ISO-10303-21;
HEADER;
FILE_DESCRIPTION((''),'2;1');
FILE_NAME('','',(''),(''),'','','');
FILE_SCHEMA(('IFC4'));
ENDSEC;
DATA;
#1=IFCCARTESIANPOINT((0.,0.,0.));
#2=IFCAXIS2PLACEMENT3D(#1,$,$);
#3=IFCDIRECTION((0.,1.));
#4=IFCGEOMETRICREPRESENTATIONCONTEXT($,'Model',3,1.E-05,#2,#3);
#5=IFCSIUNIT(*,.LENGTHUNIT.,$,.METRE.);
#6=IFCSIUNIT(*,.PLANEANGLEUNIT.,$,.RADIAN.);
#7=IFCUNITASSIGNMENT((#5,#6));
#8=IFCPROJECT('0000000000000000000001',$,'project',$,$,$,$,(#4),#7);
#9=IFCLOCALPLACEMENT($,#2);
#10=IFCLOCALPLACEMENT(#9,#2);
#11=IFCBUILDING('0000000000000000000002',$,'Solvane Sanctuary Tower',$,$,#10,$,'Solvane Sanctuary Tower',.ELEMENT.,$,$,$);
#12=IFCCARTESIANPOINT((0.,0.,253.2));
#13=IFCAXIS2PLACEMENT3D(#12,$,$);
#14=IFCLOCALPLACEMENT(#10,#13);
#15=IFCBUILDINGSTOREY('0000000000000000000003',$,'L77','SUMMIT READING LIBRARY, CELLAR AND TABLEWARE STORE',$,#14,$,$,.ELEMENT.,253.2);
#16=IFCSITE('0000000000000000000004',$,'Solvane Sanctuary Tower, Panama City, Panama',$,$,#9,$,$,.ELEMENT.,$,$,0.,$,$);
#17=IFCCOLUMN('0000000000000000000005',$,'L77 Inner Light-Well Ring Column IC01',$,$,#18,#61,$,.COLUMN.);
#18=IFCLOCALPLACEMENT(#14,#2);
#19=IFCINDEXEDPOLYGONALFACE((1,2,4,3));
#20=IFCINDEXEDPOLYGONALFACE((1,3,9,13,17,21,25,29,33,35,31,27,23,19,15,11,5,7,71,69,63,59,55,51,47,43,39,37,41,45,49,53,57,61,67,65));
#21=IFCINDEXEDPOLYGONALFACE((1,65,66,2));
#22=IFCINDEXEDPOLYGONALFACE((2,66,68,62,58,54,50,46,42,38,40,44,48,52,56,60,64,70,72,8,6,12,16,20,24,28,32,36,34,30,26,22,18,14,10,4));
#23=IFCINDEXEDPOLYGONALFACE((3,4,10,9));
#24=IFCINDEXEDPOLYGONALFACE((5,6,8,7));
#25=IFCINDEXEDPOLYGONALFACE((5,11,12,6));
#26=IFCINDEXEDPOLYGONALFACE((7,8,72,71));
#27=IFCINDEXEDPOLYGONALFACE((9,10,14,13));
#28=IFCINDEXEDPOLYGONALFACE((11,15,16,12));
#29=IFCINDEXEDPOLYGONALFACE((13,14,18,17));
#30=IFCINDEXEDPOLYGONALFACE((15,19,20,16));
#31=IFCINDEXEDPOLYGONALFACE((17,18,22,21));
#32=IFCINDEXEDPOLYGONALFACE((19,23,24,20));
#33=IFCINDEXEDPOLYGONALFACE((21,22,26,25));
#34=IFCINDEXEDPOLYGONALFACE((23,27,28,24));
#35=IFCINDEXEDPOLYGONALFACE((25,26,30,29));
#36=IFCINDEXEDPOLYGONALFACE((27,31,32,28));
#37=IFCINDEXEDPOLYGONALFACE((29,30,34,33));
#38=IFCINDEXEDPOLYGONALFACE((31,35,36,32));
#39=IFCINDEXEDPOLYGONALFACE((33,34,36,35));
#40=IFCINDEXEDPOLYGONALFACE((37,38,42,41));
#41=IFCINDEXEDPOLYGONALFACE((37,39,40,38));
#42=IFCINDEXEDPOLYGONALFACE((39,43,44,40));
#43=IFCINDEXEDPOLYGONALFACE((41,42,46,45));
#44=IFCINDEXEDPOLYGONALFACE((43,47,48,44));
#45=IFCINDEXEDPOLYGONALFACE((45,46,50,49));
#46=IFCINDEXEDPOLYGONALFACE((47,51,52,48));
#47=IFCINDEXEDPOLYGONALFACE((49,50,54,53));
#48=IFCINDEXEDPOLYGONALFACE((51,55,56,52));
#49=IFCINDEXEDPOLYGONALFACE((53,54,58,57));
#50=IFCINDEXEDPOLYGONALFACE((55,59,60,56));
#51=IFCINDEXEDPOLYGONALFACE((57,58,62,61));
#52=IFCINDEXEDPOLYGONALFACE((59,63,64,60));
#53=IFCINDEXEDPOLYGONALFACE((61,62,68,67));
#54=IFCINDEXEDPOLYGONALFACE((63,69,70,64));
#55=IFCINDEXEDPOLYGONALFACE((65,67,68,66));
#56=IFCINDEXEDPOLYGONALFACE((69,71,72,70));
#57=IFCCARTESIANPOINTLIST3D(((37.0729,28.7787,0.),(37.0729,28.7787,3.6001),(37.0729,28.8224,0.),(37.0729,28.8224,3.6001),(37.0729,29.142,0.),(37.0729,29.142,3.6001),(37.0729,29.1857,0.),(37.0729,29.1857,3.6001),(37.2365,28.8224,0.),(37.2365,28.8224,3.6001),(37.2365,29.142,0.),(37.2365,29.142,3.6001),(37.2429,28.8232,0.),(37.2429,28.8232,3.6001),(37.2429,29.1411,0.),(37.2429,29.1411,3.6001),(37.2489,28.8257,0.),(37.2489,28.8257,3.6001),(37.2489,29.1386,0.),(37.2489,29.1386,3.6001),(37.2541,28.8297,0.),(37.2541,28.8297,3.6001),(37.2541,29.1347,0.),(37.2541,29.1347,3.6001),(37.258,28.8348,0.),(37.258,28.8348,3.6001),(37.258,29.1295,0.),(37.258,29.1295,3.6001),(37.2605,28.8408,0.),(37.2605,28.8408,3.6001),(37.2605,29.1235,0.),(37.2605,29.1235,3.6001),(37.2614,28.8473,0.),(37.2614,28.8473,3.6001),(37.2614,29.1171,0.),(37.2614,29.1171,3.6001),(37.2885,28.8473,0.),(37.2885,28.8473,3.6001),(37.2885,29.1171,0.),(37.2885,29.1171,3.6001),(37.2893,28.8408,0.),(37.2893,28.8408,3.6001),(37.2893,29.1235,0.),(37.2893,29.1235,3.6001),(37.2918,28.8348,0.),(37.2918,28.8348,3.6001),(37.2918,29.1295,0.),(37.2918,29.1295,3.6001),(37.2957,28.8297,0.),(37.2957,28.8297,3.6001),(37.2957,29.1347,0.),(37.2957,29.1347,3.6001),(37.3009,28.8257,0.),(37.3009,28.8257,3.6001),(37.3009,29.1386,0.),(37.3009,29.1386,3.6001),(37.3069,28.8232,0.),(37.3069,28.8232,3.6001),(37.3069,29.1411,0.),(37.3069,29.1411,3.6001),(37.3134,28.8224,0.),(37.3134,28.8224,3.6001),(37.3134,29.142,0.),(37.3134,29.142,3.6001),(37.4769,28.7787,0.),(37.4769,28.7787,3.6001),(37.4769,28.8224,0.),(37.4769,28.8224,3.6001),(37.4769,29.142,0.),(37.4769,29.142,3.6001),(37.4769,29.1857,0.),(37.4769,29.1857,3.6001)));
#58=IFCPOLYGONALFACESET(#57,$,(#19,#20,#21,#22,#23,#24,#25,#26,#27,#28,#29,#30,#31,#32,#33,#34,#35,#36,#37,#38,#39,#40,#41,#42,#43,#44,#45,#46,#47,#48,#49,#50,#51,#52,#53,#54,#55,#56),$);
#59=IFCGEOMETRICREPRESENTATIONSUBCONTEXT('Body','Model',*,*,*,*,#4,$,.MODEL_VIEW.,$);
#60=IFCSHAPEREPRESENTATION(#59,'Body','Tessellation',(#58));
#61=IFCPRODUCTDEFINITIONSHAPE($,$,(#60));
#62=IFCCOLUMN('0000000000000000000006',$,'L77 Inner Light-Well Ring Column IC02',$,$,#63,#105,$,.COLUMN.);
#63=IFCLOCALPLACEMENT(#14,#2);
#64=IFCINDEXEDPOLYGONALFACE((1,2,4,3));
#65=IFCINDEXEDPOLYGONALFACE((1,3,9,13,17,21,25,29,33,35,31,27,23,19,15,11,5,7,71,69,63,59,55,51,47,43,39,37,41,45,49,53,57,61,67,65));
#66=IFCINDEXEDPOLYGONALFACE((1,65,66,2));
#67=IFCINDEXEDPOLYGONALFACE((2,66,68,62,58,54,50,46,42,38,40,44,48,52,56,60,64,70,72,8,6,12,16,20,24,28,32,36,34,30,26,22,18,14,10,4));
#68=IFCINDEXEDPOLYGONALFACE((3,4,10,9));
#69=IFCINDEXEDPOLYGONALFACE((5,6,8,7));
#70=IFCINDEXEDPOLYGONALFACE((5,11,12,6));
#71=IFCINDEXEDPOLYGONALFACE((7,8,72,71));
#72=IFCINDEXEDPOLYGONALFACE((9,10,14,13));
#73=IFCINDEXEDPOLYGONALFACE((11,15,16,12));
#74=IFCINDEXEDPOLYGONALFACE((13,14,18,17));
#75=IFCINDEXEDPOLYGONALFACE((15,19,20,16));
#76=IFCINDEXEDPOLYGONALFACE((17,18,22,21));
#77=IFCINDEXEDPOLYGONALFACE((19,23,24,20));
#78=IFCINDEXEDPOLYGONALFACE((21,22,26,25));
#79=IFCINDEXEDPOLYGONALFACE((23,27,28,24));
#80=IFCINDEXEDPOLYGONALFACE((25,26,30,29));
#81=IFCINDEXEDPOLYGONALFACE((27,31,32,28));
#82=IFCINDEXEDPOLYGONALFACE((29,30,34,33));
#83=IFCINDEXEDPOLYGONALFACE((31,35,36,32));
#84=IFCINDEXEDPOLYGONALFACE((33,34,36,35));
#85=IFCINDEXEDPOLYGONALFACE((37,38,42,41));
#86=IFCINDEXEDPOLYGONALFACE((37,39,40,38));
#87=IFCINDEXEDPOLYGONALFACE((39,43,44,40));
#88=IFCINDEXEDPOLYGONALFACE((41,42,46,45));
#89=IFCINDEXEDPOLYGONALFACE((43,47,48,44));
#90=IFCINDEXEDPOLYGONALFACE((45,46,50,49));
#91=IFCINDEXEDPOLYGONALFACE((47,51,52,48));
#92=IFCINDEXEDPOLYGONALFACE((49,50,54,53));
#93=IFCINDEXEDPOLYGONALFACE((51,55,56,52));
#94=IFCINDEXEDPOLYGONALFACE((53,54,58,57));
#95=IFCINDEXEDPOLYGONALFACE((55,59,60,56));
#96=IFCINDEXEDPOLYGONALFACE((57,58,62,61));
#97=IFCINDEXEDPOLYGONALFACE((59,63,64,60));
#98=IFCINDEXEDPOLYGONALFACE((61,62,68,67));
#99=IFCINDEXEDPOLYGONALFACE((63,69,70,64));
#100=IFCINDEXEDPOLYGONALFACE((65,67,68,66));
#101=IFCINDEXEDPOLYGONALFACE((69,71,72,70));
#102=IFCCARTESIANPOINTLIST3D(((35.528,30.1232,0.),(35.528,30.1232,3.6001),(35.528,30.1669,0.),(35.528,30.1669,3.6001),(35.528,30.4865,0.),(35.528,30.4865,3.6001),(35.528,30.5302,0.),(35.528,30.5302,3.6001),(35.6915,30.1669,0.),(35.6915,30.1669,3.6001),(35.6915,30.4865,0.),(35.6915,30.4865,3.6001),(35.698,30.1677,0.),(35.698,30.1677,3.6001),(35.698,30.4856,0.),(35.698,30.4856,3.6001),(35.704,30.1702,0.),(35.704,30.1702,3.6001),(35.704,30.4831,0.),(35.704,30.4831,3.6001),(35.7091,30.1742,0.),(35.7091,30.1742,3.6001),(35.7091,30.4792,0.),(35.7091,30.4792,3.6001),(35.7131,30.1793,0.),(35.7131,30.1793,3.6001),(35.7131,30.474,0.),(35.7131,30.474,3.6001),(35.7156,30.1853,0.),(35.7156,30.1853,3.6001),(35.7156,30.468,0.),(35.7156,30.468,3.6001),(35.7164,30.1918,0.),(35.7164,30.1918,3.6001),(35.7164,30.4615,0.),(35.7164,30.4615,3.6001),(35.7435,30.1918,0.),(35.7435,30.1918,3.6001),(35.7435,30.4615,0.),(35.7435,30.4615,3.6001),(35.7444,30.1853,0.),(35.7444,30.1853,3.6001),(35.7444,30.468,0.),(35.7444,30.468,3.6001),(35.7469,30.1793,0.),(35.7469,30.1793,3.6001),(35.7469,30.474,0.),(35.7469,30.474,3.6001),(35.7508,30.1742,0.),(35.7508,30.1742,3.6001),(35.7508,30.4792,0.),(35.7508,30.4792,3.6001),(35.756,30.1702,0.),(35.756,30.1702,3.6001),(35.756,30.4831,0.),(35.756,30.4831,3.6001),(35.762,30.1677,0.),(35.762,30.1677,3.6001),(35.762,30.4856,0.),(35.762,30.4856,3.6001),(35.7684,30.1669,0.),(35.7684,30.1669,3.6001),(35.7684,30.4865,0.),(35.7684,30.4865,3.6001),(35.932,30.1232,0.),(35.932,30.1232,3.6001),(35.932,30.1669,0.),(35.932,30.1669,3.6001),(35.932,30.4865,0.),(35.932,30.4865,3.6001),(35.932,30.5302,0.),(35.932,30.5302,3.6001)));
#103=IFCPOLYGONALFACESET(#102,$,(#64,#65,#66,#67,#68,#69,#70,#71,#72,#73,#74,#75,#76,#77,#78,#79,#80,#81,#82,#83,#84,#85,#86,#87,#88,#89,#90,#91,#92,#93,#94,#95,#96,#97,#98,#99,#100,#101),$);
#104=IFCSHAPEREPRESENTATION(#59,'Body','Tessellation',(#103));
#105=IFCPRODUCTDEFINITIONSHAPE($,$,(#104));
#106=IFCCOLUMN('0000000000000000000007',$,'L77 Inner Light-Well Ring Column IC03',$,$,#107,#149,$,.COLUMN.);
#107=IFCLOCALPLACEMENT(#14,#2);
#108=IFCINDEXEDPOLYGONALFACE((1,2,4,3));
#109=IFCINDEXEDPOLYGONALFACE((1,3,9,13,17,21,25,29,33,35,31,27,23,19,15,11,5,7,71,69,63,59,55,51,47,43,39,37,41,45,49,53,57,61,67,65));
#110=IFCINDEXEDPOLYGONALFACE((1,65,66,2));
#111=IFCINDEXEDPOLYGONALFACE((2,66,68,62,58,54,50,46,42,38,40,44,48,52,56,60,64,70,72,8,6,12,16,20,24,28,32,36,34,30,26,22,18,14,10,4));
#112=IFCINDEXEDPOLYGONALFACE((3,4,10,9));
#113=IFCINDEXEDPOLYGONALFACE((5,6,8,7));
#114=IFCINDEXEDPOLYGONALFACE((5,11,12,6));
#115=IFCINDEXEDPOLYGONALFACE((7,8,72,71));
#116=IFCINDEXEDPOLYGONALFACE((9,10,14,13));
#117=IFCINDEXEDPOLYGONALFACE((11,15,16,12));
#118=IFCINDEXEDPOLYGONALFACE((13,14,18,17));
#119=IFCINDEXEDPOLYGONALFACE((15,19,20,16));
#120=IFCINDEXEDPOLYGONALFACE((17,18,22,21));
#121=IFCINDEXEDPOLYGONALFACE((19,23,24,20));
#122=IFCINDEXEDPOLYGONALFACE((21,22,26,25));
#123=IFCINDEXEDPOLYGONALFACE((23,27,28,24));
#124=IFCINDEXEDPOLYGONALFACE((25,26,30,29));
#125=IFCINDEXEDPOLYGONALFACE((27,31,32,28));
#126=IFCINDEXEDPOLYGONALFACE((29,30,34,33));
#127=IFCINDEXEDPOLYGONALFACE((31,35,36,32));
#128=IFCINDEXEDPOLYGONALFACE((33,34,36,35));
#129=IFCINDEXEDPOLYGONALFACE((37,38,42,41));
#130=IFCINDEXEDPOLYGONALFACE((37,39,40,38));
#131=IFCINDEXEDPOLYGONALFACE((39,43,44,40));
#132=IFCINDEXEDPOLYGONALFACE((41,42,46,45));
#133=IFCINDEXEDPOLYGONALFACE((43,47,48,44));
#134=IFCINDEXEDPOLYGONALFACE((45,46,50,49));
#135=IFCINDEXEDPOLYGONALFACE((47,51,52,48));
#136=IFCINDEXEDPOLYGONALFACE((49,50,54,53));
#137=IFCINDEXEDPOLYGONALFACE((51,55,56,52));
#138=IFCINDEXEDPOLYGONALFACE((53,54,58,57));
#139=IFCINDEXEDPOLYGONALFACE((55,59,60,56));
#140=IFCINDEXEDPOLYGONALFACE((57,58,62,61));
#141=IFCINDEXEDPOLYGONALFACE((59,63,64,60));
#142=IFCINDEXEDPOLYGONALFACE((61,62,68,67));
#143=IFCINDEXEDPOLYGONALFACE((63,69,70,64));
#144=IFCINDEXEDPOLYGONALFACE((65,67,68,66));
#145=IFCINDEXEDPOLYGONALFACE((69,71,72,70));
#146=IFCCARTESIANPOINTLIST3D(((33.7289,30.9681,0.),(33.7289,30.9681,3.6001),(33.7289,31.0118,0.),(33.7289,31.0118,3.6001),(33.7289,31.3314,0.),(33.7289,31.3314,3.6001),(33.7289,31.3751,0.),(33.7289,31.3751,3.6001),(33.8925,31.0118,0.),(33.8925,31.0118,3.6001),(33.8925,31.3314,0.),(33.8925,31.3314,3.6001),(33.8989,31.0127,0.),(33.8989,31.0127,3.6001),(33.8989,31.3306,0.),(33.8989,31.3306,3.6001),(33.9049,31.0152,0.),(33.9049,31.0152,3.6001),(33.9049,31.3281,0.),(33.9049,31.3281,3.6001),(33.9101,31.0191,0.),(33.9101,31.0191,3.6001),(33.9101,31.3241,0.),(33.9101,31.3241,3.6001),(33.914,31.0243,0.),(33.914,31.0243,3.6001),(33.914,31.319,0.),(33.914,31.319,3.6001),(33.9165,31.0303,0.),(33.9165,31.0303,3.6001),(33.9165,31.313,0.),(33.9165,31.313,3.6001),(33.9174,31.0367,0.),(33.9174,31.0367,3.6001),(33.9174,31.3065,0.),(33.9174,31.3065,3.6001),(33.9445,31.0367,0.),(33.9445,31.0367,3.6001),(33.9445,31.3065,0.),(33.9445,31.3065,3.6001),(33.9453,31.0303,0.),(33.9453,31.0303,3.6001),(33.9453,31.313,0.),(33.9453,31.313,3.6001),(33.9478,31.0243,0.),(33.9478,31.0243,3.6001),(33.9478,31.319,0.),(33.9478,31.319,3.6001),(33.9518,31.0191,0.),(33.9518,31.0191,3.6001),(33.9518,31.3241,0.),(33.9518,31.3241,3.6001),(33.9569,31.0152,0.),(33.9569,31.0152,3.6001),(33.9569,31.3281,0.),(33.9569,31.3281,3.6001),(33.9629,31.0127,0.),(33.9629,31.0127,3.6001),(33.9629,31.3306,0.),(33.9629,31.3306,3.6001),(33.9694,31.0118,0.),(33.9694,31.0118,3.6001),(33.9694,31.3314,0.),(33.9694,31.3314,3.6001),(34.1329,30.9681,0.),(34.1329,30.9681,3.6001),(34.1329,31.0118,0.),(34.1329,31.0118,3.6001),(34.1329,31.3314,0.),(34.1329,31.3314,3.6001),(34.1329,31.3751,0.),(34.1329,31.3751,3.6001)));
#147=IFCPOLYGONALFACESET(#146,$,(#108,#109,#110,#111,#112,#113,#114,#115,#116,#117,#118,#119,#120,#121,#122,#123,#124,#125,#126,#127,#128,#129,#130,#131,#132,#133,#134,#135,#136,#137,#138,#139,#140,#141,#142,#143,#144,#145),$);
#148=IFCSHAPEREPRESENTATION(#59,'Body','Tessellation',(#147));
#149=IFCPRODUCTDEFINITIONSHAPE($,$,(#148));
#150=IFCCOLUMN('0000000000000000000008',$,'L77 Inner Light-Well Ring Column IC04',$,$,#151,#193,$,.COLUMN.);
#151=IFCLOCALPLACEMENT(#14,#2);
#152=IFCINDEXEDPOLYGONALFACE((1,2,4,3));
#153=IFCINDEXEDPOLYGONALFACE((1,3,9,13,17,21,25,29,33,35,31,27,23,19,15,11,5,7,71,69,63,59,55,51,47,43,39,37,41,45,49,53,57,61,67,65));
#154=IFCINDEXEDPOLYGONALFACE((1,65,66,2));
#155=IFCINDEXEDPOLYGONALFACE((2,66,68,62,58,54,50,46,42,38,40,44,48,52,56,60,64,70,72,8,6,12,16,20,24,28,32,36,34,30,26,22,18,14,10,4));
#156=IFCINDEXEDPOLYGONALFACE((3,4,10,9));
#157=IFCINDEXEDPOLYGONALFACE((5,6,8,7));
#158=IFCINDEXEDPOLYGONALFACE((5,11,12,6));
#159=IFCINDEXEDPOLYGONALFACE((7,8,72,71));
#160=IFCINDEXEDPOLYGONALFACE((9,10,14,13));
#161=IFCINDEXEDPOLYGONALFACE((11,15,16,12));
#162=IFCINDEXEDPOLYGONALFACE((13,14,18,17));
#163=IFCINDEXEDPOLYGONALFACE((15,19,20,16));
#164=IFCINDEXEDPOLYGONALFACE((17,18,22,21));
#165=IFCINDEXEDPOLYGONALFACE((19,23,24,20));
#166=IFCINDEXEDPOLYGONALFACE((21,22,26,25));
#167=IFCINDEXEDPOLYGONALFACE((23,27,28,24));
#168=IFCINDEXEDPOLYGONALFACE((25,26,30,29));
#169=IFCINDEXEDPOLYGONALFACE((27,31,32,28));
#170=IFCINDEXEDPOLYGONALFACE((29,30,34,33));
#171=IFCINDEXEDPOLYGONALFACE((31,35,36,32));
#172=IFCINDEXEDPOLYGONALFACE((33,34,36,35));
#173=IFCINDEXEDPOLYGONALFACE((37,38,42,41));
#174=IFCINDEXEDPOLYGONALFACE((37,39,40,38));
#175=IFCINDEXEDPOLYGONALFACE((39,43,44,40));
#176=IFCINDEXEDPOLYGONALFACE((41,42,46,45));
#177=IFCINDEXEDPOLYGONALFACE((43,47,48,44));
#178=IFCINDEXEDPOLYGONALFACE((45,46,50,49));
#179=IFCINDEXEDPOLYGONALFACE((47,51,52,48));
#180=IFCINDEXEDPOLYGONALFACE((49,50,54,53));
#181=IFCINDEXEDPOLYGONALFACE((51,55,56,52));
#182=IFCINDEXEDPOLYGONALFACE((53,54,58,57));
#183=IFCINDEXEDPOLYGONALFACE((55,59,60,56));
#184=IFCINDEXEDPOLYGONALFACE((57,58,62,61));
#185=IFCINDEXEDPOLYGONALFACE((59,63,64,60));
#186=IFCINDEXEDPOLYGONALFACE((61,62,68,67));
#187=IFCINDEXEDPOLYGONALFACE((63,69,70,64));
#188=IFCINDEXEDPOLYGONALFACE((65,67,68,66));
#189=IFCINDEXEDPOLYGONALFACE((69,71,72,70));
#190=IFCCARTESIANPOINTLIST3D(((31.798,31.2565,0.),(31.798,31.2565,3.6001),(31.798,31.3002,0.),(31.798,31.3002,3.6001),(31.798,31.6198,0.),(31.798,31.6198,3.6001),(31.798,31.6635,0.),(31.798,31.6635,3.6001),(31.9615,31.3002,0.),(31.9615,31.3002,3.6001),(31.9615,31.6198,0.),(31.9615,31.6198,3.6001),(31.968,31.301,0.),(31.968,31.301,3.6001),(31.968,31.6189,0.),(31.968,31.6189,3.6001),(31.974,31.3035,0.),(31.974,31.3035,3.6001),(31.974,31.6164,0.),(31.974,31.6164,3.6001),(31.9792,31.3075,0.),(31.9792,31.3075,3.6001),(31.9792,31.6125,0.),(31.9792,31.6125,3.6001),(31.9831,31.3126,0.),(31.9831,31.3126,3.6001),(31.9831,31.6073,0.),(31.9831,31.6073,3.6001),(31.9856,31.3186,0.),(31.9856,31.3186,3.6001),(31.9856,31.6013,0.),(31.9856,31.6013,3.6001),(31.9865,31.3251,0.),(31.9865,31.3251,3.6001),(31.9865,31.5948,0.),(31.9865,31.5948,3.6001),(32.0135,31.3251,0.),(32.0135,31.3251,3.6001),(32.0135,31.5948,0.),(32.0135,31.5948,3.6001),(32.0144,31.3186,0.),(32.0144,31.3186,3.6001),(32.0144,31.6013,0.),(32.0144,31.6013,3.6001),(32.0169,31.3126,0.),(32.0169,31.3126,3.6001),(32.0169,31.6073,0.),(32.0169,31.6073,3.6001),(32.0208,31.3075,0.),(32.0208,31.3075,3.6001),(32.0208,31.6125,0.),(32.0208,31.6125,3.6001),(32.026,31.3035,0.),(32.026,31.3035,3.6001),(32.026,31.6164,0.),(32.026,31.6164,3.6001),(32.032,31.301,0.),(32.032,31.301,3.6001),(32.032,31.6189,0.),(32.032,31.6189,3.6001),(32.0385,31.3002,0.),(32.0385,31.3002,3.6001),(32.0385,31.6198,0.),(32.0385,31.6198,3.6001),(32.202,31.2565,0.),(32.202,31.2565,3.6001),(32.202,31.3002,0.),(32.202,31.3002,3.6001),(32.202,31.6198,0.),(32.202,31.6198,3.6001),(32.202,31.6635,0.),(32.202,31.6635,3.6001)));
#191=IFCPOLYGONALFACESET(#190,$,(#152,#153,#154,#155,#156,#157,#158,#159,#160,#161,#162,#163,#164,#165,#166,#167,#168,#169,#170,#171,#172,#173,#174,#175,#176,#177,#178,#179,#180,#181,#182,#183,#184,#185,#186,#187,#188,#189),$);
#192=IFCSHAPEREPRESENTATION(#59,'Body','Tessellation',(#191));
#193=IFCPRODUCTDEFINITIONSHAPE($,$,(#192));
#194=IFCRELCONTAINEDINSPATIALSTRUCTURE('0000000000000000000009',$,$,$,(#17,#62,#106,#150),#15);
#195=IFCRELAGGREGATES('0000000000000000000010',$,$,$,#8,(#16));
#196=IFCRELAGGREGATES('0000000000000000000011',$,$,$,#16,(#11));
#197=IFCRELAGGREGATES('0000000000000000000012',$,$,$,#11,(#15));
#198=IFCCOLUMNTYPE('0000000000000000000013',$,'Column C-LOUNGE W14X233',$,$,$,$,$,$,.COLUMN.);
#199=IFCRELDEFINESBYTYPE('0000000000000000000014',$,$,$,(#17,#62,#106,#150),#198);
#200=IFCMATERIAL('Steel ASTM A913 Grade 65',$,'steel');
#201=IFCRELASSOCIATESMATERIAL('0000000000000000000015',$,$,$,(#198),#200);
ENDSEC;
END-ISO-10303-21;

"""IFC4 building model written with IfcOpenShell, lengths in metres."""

from ifc_helpers import new_model, si_unit, direction, frame, origin, origin_2d, place, context, subcontext, project, spatial, i_section, extrude, material, material_profile, profile_set, type_object, element, save


model = new_model("IFC4")

# Units and contexts
model_context = context("Model", 3, precision=1e-05, world=origin(), true_north=direction((0.0, 1.0)))
body_context = subcontext(model_context, "Body", "Model", "MODEL_VIEW")
ifc_project = project(units=[si_unit("LENGTHUNIT", "METRE"), si_unit("PLANEANGLEUNIT", "RADIAN")], contexts=[model_context])

# Site, building, storey
site_placement = place(None, origin())
site = spatial("IfcSite", under=ifc_project, at=site_placement, Name="Solvane Sanctuary Tower, Panama City, Panama", CompositionType="ELEMENT", RefElevation=0.0)
building_placement = place(site_placement, origin())
building = spatial("IfcBuilding", under=site, at=building_placement, Name="Solvane Sanctuary Tower", LongName="Solvane Sanctuary Tower", CompositionType="ELEMENT")
storey_placement = place(building_placement, frame((0.0, 0.0, 253.2)))
storey = spatial("IfcBuildingStorey", under=building, at=storey_placement, Name="L77", Description="SUMMIT READING LIBRARY, CELLAR AND TABLEWARE STORE", CompositionType="ELEMENT", Elevation=253.2)

# Columns
ifc_material_1 = material(Name="Steel ASTM A913 Grade 65", Category="steel")
ifc_material_profile_1 = material_profile(ifc_material_1, i_section(OverallWidth=0.4041, OverallDepth=0.407, WebThickness=0.0271, FlangeThickness=0.0437, FilletRadius=0.0249, at=origin_2d()), Name="W14X233")
ifc_profile_set_1 = profile_set([ifc_material_profile_1], Name="Steel ASTM A913 Grade 65")
column_type = type_object("IfcColumnType", Name="Column C-LOUNGE W14X233", PredefinedType="COLUMN", material=ifc_profile_set_1)
for number, where, z_axis, x_axis, name in (
    (1, (37.2749, 28.9822, 0.0), (0.0, 0.0, 1.0), (1.0, 0.0, 0.0), "L77 Inner Light-Well Ring Column IC01"),
    (2, (35.73, 30.3267, 0.0), (0.0, 0.0, 1.0), (1.0, 0.0, 0.0), "L77 Inner Light-Well Ring Column IC02"),
    (3, (33.9309, 31.1716, 0.0), (0.0, 0.0, 1.0), (1.0, 0.0, 0.0), "L77 Inner Light-Well Ring Column IC03"),
    (4, (32.0, 31.46, 0.0), (0.0, 0.0, 1.0), (1.0, 0.0, 0.0), "L77 Inner Light-Well Ring Column IC04"),
):
    element("IfcColumn", number, at=place(storey_placement, frame(where, z_axis=z_axis, x_axis=x_axis)), inside=storey, type_object=column_type, Name=name, PredefinedType="COLUMN", context=body_context, shape_type="SweptSolid", body=[
        extrude(i_section(OverallWidth=0.4041, OverallDepth=0.407, WebThickness=0.0271, FlangeThickness=0.0437, FilletRadius=0.0249, at=origin_2d()), origin(), (0.0, 0.0, 1.0), 3.6001),
    ])

save(model, "model.ifc")
